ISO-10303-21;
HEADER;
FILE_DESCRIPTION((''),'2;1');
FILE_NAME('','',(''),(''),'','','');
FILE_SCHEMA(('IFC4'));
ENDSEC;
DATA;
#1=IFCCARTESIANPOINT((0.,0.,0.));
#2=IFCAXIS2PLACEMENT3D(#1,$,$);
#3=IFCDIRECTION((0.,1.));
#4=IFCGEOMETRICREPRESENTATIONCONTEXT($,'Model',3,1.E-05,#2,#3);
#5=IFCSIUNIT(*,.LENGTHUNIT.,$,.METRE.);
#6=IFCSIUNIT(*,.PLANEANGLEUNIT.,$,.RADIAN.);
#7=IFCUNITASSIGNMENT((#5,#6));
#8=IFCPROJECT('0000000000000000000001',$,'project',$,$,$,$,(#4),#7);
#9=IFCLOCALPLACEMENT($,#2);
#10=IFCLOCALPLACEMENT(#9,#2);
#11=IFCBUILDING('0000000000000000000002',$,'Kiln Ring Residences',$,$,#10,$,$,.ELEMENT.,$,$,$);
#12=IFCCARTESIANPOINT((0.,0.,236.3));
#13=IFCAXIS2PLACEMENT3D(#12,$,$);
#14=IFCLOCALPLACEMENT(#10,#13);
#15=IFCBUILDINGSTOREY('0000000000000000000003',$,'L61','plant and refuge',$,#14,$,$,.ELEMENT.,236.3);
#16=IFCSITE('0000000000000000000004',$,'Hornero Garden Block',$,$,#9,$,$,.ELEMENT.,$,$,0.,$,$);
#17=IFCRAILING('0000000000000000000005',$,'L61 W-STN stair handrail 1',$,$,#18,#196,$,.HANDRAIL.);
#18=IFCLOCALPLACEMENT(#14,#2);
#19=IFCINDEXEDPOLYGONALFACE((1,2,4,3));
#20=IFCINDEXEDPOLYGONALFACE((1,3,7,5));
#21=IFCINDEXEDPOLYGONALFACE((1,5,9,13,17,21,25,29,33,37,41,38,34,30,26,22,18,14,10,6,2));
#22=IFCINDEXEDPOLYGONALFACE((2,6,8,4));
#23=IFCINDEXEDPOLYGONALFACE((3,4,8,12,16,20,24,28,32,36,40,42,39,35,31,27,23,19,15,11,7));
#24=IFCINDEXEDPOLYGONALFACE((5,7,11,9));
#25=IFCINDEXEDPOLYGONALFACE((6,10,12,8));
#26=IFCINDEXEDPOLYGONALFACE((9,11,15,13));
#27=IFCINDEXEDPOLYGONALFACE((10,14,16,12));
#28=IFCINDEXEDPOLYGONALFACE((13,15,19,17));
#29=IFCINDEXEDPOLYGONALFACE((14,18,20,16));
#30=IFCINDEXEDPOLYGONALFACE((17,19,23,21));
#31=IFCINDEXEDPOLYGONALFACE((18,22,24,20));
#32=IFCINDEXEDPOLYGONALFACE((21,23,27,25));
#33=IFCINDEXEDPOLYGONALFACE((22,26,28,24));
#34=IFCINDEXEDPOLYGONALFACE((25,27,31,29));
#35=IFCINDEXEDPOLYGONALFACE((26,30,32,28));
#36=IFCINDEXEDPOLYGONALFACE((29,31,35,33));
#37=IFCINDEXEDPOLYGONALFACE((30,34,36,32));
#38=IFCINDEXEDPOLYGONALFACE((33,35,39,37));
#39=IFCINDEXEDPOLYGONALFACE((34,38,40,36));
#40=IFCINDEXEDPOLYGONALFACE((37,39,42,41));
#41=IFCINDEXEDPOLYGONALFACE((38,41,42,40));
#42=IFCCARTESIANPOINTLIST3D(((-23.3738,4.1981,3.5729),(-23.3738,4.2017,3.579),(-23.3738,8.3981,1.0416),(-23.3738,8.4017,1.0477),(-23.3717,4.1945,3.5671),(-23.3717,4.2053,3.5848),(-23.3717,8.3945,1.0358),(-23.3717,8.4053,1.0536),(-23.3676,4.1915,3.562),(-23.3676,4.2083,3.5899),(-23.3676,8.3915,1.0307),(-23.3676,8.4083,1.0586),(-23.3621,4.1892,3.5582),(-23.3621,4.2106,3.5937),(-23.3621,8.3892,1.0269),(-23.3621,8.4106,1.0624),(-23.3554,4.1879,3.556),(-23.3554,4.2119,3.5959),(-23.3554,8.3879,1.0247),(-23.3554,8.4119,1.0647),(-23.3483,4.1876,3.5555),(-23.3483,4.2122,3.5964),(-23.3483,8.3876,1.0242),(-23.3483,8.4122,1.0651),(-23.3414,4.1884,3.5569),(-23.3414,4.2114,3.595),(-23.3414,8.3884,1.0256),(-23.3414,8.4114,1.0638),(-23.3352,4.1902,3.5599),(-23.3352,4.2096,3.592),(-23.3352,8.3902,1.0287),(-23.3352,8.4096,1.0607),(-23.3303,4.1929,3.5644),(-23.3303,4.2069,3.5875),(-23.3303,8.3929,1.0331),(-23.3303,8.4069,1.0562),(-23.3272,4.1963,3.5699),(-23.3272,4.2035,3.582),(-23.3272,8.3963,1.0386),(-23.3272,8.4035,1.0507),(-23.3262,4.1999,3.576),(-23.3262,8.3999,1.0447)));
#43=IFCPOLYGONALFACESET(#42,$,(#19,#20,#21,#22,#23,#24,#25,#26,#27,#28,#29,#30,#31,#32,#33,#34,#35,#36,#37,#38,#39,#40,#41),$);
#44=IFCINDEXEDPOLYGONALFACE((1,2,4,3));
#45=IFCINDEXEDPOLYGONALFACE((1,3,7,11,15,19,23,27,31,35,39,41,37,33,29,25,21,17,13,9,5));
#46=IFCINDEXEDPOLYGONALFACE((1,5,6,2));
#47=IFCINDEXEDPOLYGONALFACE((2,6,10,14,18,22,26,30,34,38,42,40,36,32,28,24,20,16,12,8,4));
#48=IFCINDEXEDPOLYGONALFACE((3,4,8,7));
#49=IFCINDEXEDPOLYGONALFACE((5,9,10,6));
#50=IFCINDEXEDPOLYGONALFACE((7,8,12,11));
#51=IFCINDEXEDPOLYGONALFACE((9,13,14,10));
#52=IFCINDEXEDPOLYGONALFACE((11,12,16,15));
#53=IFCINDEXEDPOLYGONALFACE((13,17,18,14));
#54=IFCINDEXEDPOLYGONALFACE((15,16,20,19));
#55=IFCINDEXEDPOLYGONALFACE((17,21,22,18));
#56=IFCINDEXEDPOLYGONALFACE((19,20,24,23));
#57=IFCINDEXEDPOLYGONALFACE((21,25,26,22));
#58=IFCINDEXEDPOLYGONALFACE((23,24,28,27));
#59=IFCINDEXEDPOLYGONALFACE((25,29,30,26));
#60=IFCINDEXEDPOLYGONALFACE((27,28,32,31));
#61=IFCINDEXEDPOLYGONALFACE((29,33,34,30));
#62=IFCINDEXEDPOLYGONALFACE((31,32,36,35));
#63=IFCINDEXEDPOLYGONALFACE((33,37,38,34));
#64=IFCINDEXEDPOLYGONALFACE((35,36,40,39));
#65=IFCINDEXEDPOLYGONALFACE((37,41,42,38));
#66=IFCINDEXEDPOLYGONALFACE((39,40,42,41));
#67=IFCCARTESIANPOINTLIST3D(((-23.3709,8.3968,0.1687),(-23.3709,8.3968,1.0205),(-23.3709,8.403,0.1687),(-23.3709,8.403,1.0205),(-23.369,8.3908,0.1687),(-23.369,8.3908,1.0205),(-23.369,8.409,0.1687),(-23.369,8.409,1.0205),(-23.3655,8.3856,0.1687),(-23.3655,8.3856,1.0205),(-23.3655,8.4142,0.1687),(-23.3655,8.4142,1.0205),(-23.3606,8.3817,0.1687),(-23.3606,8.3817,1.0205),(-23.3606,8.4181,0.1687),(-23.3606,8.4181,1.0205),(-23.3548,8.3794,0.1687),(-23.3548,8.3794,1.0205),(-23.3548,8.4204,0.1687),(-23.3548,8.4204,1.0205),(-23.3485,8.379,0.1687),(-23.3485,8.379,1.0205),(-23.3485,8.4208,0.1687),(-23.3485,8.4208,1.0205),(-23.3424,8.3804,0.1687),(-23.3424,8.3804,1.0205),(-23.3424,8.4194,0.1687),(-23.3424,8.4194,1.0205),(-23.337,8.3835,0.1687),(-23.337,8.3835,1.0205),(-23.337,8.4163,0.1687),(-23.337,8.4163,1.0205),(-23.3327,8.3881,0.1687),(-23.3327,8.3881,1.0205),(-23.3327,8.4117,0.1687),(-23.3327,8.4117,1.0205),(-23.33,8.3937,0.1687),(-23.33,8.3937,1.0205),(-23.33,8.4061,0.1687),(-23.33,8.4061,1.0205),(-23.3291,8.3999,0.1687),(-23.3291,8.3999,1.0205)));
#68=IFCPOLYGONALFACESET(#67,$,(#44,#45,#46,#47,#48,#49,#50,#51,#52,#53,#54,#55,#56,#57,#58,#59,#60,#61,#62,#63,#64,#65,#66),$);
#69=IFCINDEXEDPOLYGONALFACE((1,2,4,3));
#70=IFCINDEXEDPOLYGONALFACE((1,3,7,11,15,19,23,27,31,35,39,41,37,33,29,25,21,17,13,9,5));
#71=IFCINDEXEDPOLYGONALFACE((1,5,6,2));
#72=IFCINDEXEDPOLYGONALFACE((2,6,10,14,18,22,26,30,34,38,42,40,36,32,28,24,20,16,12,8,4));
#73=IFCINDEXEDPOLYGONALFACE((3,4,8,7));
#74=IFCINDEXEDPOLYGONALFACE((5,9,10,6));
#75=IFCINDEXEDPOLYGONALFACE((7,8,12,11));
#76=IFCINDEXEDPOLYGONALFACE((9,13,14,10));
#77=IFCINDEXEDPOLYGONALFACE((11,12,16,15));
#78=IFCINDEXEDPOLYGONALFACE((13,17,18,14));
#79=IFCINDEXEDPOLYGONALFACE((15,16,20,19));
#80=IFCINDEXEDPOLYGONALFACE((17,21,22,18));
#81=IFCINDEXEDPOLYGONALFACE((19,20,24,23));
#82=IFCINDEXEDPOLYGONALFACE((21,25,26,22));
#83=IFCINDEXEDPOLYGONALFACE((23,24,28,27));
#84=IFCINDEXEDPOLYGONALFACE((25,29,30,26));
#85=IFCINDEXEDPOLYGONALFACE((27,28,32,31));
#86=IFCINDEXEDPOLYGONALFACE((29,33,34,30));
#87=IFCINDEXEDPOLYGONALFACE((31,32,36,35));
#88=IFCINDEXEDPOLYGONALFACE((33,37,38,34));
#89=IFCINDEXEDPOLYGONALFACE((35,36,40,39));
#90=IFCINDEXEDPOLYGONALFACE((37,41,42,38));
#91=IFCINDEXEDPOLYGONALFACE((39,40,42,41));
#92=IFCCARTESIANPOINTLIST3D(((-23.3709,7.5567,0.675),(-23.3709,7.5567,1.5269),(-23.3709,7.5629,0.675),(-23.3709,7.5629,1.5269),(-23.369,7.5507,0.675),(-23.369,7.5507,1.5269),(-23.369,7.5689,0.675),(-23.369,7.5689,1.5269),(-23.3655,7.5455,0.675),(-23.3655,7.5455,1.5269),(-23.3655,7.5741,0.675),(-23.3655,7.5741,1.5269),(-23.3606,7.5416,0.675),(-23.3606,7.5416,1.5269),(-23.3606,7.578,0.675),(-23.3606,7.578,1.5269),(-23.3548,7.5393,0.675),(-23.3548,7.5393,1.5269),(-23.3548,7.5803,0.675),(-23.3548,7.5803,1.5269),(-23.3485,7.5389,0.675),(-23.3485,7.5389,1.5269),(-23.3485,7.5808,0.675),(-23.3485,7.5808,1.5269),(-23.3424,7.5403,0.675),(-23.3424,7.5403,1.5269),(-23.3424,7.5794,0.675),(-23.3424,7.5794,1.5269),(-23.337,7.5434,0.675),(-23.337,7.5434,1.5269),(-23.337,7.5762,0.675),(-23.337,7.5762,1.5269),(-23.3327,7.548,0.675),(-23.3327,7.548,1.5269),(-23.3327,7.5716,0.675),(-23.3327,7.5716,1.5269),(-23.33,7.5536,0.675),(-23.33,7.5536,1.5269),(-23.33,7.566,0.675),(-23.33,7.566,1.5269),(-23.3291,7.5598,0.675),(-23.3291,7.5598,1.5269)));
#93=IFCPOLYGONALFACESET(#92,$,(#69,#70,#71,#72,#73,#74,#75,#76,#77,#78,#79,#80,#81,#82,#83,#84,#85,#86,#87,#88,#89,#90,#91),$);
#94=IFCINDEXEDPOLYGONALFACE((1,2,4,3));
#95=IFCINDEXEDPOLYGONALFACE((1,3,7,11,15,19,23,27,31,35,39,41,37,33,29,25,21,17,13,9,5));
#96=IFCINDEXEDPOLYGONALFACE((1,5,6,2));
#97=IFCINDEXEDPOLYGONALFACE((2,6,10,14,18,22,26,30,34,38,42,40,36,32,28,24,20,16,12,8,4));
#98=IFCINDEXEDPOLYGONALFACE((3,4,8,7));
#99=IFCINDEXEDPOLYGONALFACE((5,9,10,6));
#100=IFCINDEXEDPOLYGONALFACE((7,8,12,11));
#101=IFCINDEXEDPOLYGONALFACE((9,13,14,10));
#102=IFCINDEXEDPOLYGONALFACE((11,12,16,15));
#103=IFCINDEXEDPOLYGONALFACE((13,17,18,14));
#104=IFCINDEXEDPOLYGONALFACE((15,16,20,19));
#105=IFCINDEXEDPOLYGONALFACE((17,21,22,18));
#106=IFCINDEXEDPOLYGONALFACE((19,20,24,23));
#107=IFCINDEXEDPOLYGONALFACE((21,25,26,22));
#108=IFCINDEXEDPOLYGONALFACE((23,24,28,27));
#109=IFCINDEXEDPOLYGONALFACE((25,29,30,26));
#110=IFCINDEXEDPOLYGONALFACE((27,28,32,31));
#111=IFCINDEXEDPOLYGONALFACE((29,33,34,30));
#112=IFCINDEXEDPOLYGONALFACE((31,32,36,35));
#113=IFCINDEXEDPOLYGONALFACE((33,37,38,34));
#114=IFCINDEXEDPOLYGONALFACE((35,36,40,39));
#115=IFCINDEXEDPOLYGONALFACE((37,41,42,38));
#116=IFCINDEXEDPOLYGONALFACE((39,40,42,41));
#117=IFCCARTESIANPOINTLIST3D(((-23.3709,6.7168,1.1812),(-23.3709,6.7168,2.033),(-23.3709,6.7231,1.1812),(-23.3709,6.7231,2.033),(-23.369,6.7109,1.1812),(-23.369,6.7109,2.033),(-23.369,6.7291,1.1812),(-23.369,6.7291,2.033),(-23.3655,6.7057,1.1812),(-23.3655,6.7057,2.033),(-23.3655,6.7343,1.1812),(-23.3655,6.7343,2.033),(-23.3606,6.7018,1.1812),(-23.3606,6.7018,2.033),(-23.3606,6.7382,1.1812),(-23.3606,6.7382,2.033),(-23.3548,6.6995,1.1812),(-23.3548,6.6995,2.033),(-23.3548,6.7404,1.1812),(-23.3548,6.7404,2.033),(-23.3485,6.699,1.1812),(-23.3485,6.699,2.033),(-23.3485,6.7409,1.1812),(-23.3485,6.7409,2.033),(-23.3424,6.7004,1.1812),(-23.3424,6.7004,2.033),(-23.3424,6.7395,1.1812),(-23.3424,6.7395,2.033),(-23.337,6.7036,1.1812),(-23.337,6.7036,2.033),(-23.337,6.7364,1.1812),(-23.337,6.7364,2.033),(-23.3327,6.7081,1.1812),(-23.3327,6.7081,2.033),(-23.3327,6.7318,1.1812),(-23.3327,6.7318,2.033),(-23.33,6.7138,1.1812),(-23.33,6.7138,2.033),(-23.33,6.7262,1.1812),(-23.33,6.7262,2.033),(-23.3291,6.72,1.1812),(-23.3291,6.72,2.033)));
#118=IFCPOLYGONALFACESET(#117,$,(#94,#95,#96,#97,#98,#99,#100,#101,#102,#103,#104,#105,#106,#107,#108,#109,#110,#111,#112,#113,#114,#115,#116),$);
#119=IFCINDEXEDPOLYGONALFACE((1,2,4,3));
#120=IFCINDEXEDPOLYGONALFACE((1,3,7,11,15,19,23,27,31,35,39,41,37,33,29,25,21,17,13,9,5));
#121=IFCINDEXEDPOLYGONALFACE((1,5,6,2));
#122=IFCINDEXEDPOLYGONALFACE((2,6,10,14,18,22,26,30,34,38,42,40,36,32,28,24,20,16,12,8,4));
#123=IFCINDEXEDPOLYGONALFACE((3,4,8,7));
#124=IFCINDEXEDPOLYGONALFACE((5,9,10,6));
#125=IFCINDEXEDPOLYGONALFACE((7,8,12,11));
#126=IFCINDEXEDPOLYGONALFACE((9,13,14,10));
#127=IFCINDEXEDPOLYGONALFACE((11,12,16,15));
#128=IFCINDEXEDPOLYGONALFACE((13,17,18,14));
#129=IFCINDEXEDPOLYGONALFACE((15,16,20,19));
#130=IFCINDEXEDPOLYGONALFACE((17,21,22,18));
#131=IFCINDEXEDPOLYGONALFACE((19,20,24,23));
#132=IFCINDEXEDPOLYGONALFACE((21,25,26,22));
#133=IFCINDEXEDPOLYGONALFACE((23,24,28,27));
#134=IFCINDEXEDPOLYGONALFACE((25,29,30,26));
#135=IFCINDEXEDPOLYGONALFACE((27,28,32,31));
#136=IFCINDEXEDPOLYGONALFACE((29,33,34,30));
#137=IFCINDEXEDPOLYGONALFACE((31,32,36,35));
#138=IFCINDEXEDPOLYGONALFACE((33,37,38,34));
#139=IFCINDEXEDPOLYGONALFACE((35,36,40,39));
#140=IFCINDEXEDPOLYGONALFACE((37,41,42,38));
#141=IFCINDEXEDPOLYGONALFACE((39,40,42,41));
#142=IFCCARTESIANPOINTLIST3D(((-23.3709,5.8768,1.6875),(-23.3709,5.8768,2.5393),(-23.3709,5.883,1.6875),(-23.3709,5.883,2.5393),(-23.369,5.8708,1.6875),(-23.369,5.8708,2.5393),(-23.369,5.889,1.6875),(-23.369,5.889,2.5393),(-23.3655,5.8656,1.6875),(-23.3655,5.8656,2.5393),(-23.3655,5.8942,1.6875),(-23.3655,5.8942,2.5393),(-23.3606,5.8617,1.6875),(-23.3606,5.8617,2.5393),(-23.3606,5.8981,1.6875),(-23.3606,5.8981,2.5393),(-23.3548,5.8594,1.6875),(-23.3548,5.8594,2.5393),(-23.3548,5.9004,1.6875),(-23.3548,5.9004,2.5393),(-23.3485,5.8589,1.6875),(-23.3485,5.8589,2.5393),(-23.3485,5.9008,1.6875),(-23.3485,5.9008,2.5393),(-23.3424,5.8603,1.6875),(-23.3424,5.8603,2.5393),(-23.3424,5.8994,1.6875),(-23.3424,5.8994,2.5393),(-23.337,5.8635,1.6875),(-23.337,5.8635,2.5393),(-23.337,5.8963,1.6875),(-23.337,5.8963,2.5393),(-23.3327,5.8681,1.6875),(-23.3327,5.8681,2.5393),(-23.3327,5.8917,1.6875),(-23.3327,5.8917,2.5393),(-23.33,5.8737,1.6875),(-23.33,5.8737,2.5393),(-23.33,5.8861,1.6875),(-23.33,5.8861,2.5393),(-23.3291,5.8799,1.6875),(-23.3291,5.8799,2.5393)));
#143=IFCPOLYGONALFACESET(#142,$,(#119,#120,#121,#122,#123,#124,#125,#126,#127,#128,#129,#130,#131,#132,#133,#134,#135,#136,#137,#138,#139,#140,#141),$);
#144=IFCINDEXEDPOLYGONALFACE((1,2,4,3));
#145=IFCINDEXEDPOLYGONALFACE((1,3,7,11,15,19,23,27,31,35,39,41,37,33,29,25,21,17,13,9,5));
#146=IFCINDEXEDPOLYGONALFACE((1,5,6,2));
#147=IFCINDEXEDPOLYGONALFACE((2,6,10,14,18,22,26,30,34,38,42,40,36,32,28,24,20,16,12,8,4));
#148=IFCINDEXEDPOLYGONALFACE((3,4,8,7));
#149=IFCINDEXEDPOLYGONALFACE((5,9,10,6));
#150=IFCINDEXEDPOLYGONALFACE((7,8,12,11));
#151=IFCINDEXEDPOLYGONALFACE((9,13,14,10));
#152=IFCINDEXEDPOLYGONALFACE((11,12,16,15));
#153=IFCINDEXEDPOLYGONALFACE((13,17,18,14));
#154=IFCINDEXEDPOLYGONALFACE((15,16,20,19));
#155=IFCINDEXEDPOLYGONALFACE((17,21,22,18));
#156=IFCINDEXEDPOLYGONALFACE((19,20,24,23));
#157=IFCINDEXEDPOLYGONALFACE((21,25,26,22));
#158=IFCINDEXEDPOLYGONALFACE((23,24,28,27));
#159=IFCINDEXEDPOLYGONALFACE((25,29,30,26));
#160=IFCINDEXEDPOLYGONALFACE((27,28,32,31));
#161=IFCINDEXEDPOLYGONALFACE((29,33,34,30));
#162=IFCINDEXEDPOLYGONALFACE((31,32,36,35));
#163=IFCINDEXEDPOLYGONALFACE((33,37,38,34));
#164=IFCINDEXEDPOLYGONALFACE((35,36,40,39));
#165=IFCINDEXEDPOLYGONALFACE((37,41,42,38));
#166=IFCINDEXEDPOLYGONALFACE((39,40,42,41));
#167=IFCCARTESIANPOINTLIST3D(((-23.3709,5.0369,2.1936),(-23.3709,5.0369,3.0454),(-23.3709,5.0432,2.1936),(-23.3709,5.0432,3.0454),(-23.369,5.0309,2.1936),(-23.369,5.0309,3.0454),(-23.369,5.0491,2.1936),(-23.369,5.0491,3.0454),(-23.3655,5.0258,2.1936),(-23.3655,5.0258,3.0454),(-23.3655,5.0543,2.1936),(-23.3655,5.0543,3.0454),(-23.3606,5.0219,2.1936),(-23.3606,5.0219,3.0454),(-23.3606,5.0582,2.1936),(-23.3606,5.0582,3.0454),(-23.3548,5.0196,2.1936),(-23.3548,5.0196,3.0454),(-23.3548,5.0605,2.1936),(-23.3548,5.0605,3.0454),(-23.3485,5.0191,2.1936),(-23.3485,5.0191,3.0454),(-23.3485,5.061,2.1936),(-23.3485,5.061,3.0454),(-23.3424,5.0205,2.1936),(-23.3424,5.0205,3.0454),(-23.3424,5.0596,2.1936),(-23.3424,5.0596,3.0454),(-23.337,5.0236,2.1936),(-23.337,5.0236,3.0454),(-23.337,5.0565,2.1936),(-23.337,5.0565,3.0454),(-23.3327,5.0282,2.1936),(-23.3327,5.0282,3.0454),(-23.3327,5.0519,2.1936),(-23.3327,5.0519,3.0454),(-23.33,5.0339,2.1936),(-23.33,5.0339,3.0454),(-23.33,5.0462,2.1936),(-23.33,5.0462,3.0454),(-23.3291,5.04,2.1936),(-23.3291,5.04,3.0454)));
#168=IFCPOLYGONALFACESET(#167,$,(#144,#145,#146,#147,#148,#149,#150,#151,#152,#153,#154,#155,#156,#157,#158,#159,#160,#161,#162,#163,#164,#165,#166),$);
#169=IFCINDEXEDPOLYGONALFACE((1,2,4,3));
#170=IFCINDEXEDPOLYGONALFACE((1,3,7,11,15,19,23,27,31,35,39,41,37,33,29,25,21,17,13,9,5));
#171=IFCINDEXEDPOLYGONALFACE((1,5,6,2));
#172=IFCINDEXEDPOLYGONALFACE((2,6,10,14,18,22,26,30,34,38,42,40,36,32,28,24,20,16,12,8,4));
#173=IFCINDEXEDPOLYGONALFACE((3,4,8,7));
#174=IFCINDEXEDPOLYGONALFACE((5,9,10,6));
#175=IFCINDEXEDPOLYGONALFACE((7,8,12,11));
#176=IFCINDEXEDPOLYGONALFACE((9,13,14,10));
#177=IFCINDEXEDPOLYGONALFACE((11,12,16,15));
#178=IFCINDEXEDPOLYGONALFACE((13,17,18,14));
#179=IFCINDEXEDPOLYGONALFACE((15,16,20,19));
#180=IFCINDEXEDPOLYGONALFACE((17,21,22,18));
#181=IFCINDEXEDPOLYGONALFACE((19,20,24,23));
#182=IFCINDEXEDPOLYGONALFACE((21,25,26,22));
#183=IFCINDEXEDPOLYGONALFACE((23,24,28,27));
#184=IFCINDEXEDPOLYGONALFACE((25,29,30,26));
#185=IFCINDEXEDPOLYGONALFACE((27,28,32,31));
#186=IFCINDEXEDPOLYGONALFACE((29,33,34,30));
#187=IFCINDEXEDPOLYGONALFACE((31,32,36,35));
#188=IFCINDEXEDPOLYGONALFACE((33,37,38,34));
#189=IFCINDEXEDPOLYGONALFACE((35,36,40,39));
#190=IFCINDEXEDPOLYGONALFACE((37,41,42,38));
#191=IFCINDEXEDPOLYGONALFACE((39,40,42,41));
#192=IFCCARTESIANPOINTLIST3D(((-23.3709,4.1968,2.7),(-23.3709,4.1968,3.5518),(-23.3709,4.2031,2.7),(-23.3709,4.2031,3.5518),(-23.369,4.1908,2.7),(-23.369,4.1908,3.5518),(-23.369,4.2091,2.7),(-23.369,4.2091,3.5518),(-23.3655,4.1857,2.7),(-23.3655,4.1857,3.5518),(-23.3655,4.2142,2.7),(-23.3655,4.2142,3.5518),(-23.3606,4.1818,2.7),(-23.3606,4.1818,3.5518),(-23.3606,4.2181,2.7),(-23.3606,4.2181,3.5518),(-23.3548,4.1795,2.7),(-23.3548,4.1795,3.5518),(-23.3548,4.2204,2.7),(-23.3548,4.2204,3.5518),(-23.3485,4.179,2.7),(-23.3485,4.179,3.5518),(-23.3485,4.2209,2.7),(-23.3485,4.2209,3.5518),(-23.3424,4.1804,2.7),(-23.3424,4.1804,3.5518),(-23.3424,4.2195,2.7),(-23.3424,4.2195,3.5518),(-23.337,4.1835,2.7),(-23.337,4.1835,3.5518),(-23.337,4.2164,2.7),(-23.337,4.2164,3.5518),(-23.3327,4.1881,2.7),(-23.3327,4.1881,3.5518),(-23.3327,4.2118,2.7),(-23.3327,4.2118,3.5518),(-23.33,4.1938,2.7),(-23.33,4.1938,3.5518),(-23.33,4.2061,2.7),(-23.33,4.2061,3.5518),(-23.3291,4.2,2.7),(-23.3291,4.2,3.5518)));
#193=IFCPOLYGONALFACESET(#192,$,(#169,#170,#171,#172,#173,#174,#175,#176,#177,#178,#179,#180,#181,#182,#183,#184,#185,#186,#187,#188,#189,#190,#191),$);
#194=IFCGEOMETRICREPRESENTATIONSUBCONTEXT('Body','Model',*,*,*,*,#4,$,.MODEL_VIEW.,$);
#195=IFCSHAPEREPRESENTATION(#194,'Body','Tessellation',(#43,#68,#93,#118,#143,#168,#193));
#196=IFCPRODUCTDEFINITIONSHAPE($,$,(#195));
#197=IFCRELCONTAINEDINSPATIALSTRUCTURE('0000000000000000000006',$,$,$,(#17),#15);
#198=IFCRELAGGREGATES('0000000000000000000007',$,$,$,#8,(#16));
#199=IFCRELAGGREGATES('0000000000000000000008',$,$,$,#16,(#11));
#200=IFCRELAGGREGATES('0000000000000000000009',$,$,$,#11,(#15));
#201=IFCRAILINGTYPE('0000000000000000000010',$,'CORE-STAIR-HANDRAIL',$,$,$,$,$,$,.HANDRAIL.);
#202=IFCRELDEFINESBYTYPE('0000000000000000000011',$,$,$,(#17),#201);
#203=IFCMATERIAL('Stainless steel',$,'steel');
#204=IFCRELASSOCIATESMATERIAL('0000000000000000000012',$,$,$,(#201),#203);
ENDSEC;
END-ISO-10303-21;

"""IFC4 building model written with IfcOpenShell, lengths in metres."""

from ifc_helpers import new_model, si_unit, direction, frame, origin, origin_2d, place, context, subcontext, project, spatial, circle, extrude, material, type_object, element, save


model = new_model("IFC4")

# Units and contexts
model_context = context("Model", 3, precision=1e-05, world=origin(), true_north=direction((0.0, 1.0)))
body_context = subcontext(model_context, "Body", "Model", "MODEL_VIEW")
ifc_project = project(units=[si_unit("LENGTHUNIT", "METRE"), si_unit("PLANEANGLEUNIT", "RADIAN")], contexts=[model_context])

# Site, building, storey
site_placement = place(None, origin())
site = spatial("IfcSite", under=ifc_project, at=site_placement, Name="Hornero Garden Block", CompositionType="ELEMENT", RefElevation=0.0)
building_placement = place(site_placement, origin())
building = spatial("IfcBuilding", under=site, at=building_placement, Name="Kiln Ring Residences", CompositionType="ELEMENT")
storey_placement = place(building_placement, frame((0.0, 0.0, 236.3)))
storey = spatial("IfcBuildingStorey", under=building, at=storey_placement, Name="L61", Description="plant and refuge", CompositionType="ELEMENT", Elevation=236.3)

# Railing
ifc_material_1 = material(Name="Stainless steel", Category="steel")
railing_type_1 = type_object("IfcRailingType", Name="CORE-STAIR-HANDRAIL", PredefinedType="HANDRAIL", material=ifc_material_1)
railing_1_placement = place(storey_placement, frame((-23.3501, 8.3999, 0.1687)))
element("IfcRailing", 1, at=railing_1_placement, inside=storey, type_object=railing_type_1, Name="L61 W-STN stair handrail 1", PredefinedType="HANDRAIL", context=body_context, shape_type="SweptSolid", body=[
    extrude(circle(Radius=0.0239, at=origin_2d()), frame((0.0, 0.0, 0.876), z_axis=(0.0, -0.856476, 0.516186), x_axis=(1.0, 0.0, 0.0)), (0.0, 0.0, 1.0), 4.9038),
    extrude(circle(Radius=0.021, at=origin_2d()), origin(), (0.0, 0.0, 1.0), 0.8518),
    extrude(circle(Radius=0.021, at=origin_2d()), frame((0.0, -0.8401, 0.5063)), (0.0, 0.0, 1.0), 0.8518),
    extrude(circle(Radius=0.021, at=origin_2d()), frame((0.0, -1.6799, 1.0125)), (0.0, 0.0, 1.0), 0.8518),
    extrude(circle(Radius=0.021, at=origin_2d()), frame((0.0, -2.52, 1.5188)), (0.0, 0.0, 1.0), 0.8518),
    extrude(circle(Radius=0.021, at=origin_2d()), frame((0.0, -3.3599, 2.0249)), (0.0, 0.0, 1.0), 0.8518),
    extrude(circle(Radius=0.021, at=origin_2d()), frame((0.0, -4.2, 2.5312)), (0.0, 0.0, 1.0), 0.8518),
])

save(model, "model.ifc")
